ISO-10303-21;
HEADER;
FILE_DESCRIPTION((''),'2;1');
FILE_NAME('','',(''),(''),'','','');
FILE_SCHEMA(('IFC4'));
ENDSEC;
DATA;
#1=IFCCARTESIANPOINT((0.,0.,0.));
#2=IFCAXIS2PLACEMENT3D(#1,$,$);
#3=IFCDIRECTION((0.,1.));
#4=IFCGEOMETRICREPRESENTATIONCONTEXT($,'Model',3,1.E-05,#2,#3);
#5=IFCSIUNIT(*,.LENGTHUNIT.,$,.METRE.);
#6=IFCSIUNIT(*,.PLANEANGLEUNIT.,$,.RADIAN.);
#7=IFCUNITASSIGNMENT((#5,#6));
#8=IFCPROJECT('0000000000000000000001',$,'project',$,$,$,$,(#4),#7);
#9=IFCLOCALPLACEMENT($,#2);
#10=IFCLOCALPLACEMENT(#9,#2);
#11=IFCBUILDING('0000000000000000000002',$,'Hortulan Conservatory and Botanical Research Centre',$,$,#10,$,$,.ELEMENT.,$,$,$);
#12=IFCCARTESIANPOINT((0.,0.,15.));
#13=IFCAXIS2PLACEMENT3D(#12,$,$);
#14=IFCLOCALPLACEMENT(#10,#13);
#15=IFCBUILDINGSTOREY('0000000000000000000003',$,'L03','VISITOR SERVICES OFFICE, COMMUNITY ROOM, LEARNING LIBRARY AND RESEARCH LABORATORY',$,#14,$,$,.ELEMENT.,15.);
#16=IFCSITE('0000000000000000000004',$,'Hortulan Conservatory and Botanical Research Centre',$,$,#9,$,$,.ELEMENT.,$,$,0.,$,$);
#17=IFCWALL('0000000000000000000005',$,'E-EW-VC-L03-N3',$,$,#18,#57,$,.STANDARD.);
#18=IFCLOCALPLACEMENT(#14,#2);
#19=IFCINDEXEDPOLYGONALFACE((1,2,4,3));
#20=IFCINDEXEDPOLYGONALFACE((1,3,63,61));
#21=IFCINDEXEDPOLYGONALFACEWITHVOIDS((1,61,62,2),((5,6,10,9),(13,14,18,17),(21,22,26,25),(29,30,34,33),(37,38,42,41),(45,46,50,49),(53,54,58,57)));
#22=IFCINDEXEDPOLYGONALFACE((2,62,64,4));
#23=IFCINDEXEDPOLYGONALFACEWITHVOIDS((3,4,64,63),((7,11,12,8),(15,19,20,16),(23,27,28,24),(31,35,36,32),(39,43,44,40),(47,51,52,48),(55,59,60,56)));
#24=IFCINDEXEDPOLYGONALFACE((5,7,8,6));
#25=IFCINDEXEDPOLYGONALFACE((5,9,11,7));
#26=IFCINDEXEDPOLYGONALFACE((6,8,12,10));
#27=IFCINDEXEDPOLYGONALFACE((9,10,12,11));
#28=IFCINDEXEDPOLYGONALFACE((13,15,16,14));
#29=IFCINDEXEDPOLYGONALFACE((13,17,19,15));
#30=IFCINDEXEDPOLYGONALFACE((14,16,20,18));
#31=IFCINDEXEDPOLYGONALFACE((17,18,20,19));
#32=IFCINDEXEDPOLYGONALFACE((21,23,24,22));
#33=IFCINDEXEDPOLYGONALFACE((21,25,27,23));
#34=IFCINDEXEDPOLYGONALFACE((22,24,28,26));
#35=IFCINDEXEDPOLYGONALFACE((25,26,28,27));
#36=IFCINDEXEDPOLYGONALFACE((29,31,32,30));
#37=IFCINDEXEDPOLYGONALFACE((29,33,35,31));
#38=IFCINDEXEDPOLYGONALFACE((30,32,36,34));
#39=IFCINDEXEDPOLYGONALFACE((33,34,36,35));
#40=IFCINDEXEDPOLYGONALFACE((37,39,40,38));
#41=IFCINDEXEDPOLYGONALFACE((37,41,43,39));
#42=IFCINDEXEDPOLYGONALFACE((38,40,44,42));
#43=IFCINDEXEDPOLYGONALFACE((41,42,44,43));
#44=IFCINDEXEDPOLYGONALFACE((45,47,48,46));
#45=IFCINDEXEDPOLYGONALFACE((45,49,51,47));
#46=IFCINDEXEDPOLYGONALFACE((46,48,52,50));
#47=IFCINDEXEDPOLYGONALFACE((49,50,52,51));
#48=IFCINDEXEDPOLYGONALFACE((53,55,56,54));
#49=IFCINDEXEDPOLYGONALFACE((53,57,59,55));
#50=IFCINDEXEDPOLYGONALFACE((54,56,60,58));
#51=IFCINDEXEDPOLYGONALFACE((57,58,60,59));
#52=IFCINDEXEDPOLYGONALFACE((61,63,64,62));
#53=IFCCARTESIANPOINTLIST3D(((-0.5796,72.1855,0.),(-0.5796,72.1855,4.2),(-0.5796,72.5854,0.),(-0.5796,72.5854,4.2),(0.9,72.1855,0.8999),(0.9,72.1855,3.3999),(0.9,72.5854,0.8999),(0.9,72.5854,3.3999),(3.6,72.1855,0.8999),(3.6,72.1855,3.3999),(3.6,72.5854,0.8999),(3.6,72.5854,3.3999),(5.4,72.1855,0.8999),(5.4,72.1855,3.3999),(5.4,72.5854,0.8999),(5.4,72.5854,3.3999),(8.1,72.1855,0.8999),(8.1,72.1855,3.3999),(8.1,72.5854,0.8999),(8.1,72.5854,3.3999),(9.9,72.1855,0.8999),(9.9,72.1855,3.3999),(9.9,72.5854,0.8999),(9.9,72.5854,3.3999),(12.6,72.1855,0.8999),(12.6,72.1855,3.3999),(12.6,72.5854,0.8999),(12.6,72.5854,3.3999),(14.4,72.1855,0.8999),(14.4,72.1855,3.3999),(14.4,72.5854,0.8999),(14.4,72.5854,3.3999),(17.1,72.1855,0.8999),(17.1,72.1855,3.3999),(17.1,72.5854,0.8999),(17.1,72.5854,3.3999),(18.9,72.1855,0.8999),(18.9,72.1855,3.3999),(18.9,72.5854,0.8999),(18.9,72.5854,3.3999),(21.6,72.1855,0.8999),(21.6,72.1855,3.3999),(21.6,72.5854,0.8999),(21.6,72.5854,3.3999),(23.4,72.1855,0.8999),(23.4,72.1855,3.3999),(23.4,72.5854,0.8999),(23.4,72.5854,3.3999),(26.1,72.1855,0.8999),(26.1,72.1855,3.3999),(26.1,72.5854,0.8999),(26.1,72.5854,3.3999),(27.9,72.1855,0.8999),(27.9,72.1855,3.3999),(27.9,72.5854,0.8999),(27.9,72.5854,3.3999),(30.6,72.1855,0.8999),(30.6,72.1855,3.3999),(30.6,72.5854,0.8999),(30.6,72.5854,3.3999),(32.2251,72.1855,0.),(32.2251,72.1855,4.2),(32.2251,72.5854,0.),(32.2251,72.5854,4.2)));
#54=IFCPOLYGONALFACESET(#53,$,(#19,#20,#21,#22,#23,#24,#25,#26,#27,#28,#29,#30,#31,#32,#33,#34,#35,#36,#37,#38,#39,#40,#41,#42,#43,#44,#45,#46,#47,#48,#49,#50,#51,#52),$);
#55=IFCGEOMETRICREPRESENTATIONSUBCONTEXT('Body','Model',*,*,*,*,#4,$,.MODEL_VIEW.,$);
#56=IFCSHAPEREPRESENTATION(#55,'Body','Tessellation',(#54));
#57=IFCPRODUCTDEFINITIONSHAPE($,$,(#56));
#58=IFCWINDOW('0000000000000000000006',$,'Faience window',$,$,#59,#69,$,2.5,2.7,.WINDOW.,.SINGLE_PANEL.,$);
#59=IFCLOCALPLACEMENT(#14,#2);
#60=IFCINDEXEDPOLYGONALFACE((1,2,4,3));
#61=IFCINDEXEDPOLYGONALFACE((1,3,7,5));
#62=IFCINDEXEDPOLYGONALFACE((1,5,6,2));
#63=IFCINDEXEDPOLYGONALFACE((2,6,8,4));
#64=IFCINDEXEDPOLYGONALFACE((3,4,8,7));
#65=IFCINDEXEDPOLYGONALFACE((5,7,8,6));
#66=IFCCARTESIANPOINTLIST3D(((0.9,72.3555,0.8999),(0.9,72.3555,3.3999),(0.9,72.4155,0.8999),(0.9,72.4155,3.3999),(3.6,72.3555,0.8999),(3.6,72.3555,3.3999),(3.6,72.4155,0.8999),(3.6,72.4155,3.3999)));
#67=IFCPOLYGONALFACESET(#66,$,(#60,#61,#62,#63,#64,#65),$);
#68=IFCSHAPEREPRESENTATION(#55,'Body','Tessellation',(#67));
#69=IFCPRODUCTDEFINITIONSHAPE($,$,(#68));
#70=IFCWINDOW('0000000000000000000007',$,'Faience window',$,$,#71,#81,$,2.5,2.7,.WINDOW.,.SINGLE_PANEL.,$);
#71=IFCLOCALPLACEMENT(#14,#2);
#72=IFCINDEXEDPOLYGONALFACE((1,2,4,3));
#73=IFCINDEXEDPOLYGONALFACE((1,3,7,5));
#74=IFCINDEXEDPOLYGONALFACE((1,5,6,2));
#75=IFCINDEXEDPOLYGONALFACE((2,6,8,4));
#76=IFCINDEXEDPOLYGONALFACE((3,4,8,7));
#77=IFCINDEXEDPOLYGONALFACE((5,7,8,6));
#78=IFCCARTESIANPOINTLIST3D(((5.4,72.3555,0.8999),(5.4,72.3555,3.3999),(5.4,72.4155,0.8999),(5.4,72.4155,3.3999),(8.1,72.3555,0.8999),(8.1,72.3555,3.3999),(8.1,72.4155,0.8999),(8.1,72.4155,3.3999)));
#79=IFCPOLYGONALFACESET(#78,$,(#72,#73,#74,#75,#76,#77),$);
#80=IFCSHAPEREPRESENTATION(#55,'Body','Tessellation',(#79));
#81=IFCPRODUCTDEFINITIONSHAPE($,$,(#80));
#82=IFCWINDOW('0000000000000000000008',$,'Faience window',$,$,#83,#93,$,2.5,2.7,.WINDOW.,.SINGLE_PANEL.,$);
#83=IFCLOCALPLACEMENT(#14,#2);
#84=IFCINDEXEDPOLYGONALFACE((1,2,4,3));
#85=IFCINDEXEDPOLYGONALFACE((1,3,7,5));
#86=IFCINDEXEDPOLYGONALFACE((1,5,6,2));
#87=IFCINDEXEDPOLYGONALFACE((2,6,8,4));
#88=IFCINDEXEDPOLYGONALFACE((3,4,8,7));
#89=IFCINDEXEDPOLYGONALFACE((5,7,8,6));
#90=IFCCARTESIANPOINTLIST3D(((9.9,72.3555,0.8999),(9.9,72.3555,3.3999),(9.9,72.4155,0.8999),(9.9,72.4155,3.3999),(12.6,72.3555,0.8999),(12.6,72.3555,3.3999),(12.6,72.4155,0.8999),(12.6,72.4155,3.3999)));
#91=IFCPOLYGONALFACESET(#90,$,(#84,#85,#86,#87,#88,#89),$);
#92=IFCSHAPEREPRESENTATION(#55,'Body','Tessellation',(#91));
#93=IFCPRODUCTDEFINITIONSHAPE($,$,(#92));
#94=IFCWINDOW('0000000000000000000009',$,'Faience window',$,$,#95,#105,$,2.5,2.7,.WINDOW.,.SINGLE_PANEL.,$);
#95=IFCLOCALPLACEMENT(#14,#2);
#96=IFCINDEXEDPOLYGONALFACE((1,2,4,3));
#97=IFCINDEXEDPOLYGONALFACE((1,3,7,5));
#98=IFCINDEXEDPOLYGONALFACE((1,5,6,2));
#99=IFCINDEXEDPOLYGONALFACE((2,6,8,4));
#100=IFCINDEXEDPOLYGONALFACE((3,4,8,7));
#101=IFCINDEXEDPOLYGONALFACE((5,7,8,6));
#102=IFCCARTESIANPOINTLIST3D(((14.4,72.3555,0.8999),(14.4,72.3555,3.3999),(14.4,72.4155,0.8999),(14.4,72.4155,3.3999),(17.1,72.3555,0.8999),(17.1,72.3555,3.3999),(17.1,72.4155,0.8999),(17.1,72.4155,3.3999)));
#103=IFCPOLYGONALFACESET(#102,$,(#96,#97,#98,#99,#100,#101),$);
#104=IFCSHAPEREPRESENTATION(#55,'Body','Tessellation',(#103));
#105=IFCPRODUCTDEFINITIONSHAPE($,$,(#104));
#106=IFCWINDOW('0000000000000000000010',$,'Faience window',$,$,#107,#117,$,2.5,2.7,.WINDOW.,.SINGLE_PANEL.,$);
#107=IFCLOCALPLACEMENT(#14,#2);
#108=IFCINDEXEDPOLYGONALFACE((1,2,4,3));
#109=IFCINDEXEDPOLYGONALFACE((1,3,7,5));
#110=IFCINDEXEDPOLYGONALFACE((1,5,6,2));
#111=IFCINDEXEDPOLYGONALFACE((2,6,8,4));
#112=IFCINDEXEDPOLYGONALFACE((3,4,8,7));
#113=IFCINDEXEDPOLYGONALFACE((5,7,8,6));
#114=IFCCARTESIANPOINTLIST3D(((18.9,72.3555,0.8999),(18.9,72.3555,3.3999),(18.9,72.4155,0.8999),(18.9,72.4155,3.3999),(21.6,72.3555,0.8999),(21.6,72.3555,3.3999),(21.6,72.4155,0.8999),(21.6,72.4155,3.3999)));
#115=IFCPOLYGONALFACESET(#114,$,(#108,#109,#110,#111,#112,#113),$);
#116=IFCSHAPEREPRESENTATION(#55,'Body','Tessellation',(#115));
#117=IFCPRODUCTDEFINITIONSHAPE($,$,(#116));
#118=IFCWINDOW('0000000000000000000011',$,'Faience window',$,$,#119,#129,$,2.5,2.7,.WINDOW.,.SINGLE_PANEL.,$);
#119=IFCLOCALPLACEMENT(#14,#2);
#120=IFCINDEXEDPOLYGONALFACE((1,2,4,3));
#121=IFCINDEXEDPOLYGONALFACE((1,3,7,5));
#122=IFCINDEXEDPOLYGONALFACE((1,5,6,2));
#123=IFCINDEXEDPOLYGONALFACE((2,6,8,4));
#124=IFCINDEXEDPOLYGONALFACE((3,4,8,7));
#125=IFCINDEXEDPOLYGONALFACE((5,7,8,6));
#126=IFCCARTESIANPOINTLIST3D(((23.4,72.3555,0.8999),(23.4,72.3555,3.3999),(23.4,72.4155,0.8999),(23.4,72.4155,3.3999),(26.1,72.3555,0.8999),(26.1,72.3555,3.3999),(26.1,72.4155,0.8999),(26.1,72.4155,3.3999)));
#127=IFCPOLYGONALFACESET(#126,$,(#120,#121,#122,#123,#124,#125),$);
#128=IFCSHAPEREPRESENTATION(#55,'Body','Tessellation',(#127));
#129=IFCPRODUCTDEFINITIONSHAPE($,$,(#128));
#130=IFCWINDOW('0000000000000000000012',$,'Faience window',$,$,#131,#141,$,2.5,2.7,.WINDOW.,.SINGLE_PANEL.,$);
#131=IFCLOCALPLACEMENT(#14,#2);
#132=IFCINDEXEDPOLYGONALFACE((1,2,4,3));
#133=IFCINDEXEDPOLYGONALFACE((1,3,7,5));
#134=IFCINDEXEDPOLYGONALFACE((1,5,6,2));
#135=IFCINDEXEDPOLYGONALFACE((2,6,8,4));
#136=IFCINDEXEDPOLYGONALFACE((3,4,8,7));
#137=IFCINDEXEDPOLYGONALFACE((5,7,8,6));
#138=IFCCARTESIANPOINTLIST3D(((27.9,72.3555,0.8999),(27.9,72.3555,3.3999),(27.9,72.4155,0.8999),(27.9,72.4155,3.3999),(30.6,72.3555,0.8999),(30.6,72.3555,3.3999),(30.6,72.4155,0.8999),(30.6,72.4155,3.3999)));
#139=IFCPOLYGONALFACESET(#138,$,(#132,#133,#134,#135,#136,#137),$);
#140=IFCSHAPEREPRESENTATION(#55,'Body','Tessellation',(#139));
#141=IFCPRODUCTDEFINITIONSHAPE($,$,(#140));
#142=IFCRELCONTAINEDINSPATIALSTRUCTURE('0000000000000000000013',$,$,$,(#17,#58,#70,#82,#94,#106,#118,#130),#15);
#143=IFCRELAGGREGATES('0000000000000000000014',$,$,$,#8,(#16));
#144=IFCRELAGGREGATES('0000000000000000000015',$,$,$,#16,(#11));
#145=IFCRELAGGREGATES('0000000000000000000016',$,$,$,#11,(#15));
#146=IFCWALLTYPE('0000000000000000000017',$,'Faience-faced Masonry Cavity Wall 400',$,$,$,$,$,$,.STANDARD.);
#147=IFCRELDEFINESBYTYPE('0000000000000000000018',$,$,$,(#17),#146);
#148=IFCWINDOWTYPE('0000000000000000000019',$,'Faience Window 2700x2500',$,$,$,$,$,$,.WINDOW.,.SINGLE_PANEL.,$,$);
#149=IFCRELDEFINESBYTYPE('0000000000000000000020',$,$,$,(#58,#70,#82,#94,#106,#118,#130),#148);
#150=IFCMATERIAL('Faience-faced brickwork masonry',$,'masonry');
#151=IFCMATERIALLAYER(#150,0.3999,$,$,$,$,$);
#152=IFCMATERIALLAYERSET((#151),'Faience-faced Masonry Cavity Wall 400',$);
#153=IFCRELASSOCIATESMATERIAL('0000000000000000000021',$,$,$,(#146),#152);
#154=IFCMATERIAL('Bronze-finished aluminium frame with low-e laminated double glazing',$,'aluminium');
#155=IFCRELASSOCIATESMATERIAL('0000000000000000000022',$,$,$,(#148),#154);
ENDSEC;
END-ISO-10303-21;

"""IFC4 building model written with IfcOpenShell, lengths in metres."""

from ifc_helpers import new_model, si_unit, direction, frame, frame_2d, origin, place, context, subcontext, project, spatial, rectangle, extrude, material, layer, layer_set, type_object, element, fill, save


model = new_model("IFC4")

# Units and contexts
model_context = context("Model", 3, precision=1e-05, world=origin(), true_north=direction((0.0, 1.0)))
body_context = subcontext(model_context, "Body", "Model", "MODEL_VIEW")
ifc_project = project(units=[si_unit("LENGTHUNIT", "METRE"), si_unit("PLANEANGLEUNIT", "RADIAN")], contexts=[model_context])

# Site, building, storey
site_placement = place(None, origin())
site = spatial("IfcSite", under=ifc_project, at=site_placement, Name="Hortulan Conservatory and Botanical Research Centre", CompositionType="ELEMENT", RefElevation=0.0)
building_placement = place(site_placement, origin())
building = spatial("IfcBuilding", under=site, at=building_placement, Name="Hortulan Conservatory and Botanical Research Centre", CompositionType="ELEMENT")
storey_placement = place(building_placement, frame((0.0, 0.0, 15.0)))
storey = spatial("IfcBuildingStorey", under=building, at=storey_placement, Name="L03", Description="VISITOR SERVICES OFFICE, COMMUNITY ROOM, LEARNING LIBRARY AND RESEARCH LABORATORY", CompositionType="ELEMENT", Elevation=15.0)

# Wall, openings, windows
ifc_material_1 = material(Name="Faience-faced brickwork masonry", Category="masonry")
ifc_layer_1 = layer(ifc_material_1, 0.3999)
ifc_layer_set_1 = layer_set([ifc_layer_1], Name="Faience-faced Masonry Cavity Wall 400")
wall_type = type_object("IfcWallType", Name="Faience-faced Masonry Cavity Wall 400", PredefinedType="STANDARD", material=ifc_layer_set_1)
wall_placement = place(storey_placement, frame((-0.5796, 72.3855, 0.0), z_axis=(0.0, 0.0, 1.0), x_axis=(1.0, 0.0, 0.0)))
wall = element("IfcWall", 1, at=wall_placement, inside=storey, type_object=wall_type, Name="E-EW-VC-L03-N3", PredefinedType="STANDARD", context=body_context, shape_type="SweptSolid", body=[
    extrude(rectangle(XDim=32.8047, YDim=0.3999, at=frame_2d((16.4023, 0.0))), origin(), (0.0, 0.0, 1.0), 4.2),
])
opening_1_placement = place(wall_placement, frame((1.4795, 0.0, 0.8999)))
opening_1 = element("IfcOpeningElement", 2, at=opening_1_placement, cuts=wall, PredefinedType="OPENING", context=body_context, shape_type="SweptSolid", body=[
    extrude(rectangle(XDim=2.7, YDim=2.5, at=frame_2d((1.3501, 1.25))), frame((0.0, 0.21, 0.0), z_axis=(0.0, -1.0, 0.0), x_axis=(1.0, 0.0, 0.0)), (0.0, 0.0, 1.0), 0.4199),
])
opening_2_placement = place(wall_placement, frame((5.9795, 0.0, 0.8999)))
opening_2 = element("IfcOpeningElement", 3, at=opening_2_placement, cuts=wall, PredefinedType="OPENING", context=body_context, shape_type="SweptSolid", body=[
    extrude(rectangle(XDim=2.7, YDim=2.5, at=frame_2d((1.3501, 1.25))), frame((0.0, 0.21, 0.0), z_axis=(0.0, -1.0, 0.0), x_axis=(1.0, 0.0, 0.0)), (0.0, 0.0, 1.0), 0.4199),
])
opening_3_placement = place(wall_placement, frame((10.4795, 0.0, 0.8999)))
opening_3 = element("IfcOpeningElement", 4, at=opening_3_placement, cuts=wall, PredefinedType="OPENING", context=body_context, shape_type="SweptSolid", body=[
    extrude(rectangle(XDim=2.7, YDim=2.5, at=frame_2d((1.3501, 1.25))), frame((0.0, 0.21, 0.0), z_axis=(0.0, -1.0, 0.0), x_axis=(1.0, 0.0, 0.0)), (0.0, 0.0, 1.0), 0.4199),
])
opening_4_placement = place(wall_placement, frame((14.9795, 0.0, 0.8999)))
opening_4 = element("IfcOpeningElement", 5, at=opening_4_placement, cuts=wall, PredefinedType="OPENING", context=body_context, shape_type="SweptSolid", body=[
    extrude(rectangle(XDim=2.7, YDim=2.5, at=frame_2d((1.3501, 1.25))), frame((0.0, 0.21, 0.0), z_axis=(0.0, -1.0, 0.0), x_axis=(1.0, 0.0, 0.0)), (0.0, 0.0, 1.0), 0.4199),
])
opening_5_placement = place(wall_placement, frame((19.4795, 0.0, 0.8999)))
opening_5 = element("IfcOpeningElement", 6, at=opening_5_placement, cuts=wall, PredefinedType="OPENING", context=body_context, shape_type="SweptSolid", body=[
    extrude(rectangle(XDim=2.7, YDim=2.5, at=frame_2d((1.3501, 1.25))), frame((0.0, 0.21, 0.0), z_axis=(0.0, -1.0, 0.0), x_axis=(1.0, 0.0, 0.0)), (0.0, 0.0, 1.0), 0.4199),
])
opening_6_placement = place(wall_placement, frame((23.9795, 0.0, 0.8999)))
opening_6 = element("IfcOpeningElement", 7, at=opening_6_placement, cuts=wall, PredefinedType="OPENING", context=body_context, shape_type="SweptSolid", body=[
    extrude(rectangle(XDim=2.7, YDim=2.5, at=frame_2d((1.3501, 1.25))), frame((0.0, 0.21, 0.0), z_axis=(0.0, -1.0, 0.0), x_axis=(1.0, 0.0, 0.0)), (0.0, 0.0, 1.0), 0.4199),
])
opening_7_placement = place(wall_placement, frame((28.4795, 0.0, 0.8999)))
opening_7 = element("IfcOpeningElement", 8, at=opening_7_placement, cuts=wall, PredefinedType="OPENING", context=body_context, shape_type="SweptSolid", body=[
    extrude(rectangle(XDim=2.7, YDim=2.5, at=frame_2d((1.3501, 1.25))), frame((0.0, 0.21, 0.0), z_axis=(0.0, -1.0, 0.0), x_axis=(1.0, 0.0, 0.0)), (0.0, 0.0, 1.0), 0.4199),
])
ifc_material_2 = material(Name="Bronze-finished aluminium frame with low-e laminated double glazing", Category="aluminium")
window_type = type_object("IfcWindowType", Name="Faience Window 2700x2500", PartitioningType="SINGLE_PANEL", PredefinedType="WINDOW", material=ifc_material_2)
window_1_placement = place(opening_1_placement, origin())
window_1 = element("IfcWindow", 9, at=window_1_placement, inside=storey, type_object=window_type, Name="Faience window", OverallHeight=2.5, OverallWidth=2.7, PartitioningType="SINGLE_PANEL", PredefinedType="WINDOW", context=body_context, shape_type="SweptSolid", body=[
    extrude(rectangle(XDim=2.7, YDim=2.5, at=frame_2d((1.3501, 1.25))), frame((0.0, 0.03, 0.0), z_axis=(0.0, -1.0, 0.0), x_axis=(1.0, 0.0, 0.0)), (0.0, 0.0, 1.0), 0.0601),
])
fill(opening_1, window_1)
window_2_placement = place(opening_2_placement, origin())
window_2 = element("IfcWindow", 10, at=window_2_placement, inside=storey, type_object=window_type, Name="Faience window", OverallHeight=2.5, OverallWidth=2.7, PartitioningType="SINGLE_PANEL", PredefinedType="WINDOW", context=body_context, shape_type="SweptSolid", body=[
    extrude(rectangle(XDim=2.7, YDim=2.5, at=frame_2d((1.3501, 1.25))), frame((0.0, 0.03, 0.0), z_axis=(0.0, -1.0, 0.0), x_axis=(1.0, 0.0, 0.0)), (0.0, 0.0, 1.0), 0.0601),
])
fill(opening_2, window_2)
window_3_placement = place(opening_3_placement, origin())
window_3 = element("IfcWindow", 11, at=window_3_placement, inside=storey, type_object=window_type, Name="Faience window", OverallHeight=2.5, OverallWidth=2.7, PartitioningType="SINGLE_PANEL", PredefinedType="WINDOW", context=body_context, shape_type="SweptSolid", body=[
    extrude(rectangle(XDim=2.7, YDim=2.5, at=frame_2d((1.3501, 1.25))), frame((0.0, 0.03, 0.0), z_axis=(0.0, -1.0, 0.0), x_axis=(1.0, 0.0, 0.0)), (0.0, 0.0, 1.0), 0.0601),
])
fill(opening_3, window_3)
window_4_placement = place(opening_4_placement, origin())
window_4 = element("IfcWindow", 12, at=window_4_placement, inside=storey, type_object=window_type, Name="Faience window", OverallHeight=2.5, OverallWidth=2.7, PartitioningType="SINGLE_PANEL", PredefinedType="WINDOW", context=body_context, shape_type="SweptSolid", body=[
    extrude(rectangle(XDim=2.7, YDim=2.5, at=frame_2d((1.3501, 1.25))), frame((0.0, 0.03, 0.0), z_axis=(0.0, -1.0, 0.0), x_axis=(1.0, 0.0, 0.0)), (0.0, 0.0, 1.0), 0.0601),
])
fill(opening_4, window_4)
window_5_placement = place(opening_5_placement, origin())
window_5 = element("IfcWindow", 13, at=window_5_placement, inside=storey, type_object=window_type, Name="Faience window", OverallHeight=2.5, OverallWidth=2.7, PartitioningType="SINGLE_PANEL", PredefinedType="WINDOW", context=body_context, shape_type="SweptSolid", body=[
    extrude(rectangle(XDim=2.7, YDim=2.5, at=frame_2d((1.3501, 1.25))), frame((0.0, 0.03, 0.0), z_axis=(0.0, -1.0, 0.0), x_axis=(1.0, 0.0, 0.0)), (0.0, 0.0, 1.0), 0.0601),
])
fill(opening_5, window_5)
window_6_placement = place(opening_6_placement, origin())
window_6 = element("IfcWindow", 14, at=window_6_placement, inside=storey, type_object=window_type, Name="Faience window", OverallHeight=2.5, OverallWidth=2.7, PartitioningType="SINGLE_PANEL", PredefinedType="WINDOW", context=body_context, shape_type="SweptSolid", body=[
    extrude(rectangle(XDim=2.7, YDim=2.5, at=frame_2d((1.3501, 1.25))), frame((0.0, 0.03, 0.0), z_axis=(0.0, -1.0, 0.0), x_axis=(1.0, 0.0, 0.0)), (0.0, 0.0, 1.0), 0.0601),
])
fill(opening_6, window_6)
window_7_placement = place(opening_7_placement, origin())
window_7 = element("IfcWindow", 15, at=window_7_placement, inside=storey, type_object=window_type, Name="Faience window", OverallHeight=2.5, OverallWidth=2.7, PartitioningType="SINGLE_PANEL", PredefinedType="WINDOW", context=body_context, shape_type="SweptSolid", body=[
    extrude(rectangle(XDim=2.7, YDim=2.5, at=frame_2d((1.3501, 1.25))), frame((0.0, 0.03, 0.0), z_axis=(0.0, -1.0, 0.0), x_axis=(1.0, 0.0, 0.0)), (0.0, 0.0, 1.0), 0.0601),
])
fill(opening_7, window_7)

save(model, "model.ifc")
